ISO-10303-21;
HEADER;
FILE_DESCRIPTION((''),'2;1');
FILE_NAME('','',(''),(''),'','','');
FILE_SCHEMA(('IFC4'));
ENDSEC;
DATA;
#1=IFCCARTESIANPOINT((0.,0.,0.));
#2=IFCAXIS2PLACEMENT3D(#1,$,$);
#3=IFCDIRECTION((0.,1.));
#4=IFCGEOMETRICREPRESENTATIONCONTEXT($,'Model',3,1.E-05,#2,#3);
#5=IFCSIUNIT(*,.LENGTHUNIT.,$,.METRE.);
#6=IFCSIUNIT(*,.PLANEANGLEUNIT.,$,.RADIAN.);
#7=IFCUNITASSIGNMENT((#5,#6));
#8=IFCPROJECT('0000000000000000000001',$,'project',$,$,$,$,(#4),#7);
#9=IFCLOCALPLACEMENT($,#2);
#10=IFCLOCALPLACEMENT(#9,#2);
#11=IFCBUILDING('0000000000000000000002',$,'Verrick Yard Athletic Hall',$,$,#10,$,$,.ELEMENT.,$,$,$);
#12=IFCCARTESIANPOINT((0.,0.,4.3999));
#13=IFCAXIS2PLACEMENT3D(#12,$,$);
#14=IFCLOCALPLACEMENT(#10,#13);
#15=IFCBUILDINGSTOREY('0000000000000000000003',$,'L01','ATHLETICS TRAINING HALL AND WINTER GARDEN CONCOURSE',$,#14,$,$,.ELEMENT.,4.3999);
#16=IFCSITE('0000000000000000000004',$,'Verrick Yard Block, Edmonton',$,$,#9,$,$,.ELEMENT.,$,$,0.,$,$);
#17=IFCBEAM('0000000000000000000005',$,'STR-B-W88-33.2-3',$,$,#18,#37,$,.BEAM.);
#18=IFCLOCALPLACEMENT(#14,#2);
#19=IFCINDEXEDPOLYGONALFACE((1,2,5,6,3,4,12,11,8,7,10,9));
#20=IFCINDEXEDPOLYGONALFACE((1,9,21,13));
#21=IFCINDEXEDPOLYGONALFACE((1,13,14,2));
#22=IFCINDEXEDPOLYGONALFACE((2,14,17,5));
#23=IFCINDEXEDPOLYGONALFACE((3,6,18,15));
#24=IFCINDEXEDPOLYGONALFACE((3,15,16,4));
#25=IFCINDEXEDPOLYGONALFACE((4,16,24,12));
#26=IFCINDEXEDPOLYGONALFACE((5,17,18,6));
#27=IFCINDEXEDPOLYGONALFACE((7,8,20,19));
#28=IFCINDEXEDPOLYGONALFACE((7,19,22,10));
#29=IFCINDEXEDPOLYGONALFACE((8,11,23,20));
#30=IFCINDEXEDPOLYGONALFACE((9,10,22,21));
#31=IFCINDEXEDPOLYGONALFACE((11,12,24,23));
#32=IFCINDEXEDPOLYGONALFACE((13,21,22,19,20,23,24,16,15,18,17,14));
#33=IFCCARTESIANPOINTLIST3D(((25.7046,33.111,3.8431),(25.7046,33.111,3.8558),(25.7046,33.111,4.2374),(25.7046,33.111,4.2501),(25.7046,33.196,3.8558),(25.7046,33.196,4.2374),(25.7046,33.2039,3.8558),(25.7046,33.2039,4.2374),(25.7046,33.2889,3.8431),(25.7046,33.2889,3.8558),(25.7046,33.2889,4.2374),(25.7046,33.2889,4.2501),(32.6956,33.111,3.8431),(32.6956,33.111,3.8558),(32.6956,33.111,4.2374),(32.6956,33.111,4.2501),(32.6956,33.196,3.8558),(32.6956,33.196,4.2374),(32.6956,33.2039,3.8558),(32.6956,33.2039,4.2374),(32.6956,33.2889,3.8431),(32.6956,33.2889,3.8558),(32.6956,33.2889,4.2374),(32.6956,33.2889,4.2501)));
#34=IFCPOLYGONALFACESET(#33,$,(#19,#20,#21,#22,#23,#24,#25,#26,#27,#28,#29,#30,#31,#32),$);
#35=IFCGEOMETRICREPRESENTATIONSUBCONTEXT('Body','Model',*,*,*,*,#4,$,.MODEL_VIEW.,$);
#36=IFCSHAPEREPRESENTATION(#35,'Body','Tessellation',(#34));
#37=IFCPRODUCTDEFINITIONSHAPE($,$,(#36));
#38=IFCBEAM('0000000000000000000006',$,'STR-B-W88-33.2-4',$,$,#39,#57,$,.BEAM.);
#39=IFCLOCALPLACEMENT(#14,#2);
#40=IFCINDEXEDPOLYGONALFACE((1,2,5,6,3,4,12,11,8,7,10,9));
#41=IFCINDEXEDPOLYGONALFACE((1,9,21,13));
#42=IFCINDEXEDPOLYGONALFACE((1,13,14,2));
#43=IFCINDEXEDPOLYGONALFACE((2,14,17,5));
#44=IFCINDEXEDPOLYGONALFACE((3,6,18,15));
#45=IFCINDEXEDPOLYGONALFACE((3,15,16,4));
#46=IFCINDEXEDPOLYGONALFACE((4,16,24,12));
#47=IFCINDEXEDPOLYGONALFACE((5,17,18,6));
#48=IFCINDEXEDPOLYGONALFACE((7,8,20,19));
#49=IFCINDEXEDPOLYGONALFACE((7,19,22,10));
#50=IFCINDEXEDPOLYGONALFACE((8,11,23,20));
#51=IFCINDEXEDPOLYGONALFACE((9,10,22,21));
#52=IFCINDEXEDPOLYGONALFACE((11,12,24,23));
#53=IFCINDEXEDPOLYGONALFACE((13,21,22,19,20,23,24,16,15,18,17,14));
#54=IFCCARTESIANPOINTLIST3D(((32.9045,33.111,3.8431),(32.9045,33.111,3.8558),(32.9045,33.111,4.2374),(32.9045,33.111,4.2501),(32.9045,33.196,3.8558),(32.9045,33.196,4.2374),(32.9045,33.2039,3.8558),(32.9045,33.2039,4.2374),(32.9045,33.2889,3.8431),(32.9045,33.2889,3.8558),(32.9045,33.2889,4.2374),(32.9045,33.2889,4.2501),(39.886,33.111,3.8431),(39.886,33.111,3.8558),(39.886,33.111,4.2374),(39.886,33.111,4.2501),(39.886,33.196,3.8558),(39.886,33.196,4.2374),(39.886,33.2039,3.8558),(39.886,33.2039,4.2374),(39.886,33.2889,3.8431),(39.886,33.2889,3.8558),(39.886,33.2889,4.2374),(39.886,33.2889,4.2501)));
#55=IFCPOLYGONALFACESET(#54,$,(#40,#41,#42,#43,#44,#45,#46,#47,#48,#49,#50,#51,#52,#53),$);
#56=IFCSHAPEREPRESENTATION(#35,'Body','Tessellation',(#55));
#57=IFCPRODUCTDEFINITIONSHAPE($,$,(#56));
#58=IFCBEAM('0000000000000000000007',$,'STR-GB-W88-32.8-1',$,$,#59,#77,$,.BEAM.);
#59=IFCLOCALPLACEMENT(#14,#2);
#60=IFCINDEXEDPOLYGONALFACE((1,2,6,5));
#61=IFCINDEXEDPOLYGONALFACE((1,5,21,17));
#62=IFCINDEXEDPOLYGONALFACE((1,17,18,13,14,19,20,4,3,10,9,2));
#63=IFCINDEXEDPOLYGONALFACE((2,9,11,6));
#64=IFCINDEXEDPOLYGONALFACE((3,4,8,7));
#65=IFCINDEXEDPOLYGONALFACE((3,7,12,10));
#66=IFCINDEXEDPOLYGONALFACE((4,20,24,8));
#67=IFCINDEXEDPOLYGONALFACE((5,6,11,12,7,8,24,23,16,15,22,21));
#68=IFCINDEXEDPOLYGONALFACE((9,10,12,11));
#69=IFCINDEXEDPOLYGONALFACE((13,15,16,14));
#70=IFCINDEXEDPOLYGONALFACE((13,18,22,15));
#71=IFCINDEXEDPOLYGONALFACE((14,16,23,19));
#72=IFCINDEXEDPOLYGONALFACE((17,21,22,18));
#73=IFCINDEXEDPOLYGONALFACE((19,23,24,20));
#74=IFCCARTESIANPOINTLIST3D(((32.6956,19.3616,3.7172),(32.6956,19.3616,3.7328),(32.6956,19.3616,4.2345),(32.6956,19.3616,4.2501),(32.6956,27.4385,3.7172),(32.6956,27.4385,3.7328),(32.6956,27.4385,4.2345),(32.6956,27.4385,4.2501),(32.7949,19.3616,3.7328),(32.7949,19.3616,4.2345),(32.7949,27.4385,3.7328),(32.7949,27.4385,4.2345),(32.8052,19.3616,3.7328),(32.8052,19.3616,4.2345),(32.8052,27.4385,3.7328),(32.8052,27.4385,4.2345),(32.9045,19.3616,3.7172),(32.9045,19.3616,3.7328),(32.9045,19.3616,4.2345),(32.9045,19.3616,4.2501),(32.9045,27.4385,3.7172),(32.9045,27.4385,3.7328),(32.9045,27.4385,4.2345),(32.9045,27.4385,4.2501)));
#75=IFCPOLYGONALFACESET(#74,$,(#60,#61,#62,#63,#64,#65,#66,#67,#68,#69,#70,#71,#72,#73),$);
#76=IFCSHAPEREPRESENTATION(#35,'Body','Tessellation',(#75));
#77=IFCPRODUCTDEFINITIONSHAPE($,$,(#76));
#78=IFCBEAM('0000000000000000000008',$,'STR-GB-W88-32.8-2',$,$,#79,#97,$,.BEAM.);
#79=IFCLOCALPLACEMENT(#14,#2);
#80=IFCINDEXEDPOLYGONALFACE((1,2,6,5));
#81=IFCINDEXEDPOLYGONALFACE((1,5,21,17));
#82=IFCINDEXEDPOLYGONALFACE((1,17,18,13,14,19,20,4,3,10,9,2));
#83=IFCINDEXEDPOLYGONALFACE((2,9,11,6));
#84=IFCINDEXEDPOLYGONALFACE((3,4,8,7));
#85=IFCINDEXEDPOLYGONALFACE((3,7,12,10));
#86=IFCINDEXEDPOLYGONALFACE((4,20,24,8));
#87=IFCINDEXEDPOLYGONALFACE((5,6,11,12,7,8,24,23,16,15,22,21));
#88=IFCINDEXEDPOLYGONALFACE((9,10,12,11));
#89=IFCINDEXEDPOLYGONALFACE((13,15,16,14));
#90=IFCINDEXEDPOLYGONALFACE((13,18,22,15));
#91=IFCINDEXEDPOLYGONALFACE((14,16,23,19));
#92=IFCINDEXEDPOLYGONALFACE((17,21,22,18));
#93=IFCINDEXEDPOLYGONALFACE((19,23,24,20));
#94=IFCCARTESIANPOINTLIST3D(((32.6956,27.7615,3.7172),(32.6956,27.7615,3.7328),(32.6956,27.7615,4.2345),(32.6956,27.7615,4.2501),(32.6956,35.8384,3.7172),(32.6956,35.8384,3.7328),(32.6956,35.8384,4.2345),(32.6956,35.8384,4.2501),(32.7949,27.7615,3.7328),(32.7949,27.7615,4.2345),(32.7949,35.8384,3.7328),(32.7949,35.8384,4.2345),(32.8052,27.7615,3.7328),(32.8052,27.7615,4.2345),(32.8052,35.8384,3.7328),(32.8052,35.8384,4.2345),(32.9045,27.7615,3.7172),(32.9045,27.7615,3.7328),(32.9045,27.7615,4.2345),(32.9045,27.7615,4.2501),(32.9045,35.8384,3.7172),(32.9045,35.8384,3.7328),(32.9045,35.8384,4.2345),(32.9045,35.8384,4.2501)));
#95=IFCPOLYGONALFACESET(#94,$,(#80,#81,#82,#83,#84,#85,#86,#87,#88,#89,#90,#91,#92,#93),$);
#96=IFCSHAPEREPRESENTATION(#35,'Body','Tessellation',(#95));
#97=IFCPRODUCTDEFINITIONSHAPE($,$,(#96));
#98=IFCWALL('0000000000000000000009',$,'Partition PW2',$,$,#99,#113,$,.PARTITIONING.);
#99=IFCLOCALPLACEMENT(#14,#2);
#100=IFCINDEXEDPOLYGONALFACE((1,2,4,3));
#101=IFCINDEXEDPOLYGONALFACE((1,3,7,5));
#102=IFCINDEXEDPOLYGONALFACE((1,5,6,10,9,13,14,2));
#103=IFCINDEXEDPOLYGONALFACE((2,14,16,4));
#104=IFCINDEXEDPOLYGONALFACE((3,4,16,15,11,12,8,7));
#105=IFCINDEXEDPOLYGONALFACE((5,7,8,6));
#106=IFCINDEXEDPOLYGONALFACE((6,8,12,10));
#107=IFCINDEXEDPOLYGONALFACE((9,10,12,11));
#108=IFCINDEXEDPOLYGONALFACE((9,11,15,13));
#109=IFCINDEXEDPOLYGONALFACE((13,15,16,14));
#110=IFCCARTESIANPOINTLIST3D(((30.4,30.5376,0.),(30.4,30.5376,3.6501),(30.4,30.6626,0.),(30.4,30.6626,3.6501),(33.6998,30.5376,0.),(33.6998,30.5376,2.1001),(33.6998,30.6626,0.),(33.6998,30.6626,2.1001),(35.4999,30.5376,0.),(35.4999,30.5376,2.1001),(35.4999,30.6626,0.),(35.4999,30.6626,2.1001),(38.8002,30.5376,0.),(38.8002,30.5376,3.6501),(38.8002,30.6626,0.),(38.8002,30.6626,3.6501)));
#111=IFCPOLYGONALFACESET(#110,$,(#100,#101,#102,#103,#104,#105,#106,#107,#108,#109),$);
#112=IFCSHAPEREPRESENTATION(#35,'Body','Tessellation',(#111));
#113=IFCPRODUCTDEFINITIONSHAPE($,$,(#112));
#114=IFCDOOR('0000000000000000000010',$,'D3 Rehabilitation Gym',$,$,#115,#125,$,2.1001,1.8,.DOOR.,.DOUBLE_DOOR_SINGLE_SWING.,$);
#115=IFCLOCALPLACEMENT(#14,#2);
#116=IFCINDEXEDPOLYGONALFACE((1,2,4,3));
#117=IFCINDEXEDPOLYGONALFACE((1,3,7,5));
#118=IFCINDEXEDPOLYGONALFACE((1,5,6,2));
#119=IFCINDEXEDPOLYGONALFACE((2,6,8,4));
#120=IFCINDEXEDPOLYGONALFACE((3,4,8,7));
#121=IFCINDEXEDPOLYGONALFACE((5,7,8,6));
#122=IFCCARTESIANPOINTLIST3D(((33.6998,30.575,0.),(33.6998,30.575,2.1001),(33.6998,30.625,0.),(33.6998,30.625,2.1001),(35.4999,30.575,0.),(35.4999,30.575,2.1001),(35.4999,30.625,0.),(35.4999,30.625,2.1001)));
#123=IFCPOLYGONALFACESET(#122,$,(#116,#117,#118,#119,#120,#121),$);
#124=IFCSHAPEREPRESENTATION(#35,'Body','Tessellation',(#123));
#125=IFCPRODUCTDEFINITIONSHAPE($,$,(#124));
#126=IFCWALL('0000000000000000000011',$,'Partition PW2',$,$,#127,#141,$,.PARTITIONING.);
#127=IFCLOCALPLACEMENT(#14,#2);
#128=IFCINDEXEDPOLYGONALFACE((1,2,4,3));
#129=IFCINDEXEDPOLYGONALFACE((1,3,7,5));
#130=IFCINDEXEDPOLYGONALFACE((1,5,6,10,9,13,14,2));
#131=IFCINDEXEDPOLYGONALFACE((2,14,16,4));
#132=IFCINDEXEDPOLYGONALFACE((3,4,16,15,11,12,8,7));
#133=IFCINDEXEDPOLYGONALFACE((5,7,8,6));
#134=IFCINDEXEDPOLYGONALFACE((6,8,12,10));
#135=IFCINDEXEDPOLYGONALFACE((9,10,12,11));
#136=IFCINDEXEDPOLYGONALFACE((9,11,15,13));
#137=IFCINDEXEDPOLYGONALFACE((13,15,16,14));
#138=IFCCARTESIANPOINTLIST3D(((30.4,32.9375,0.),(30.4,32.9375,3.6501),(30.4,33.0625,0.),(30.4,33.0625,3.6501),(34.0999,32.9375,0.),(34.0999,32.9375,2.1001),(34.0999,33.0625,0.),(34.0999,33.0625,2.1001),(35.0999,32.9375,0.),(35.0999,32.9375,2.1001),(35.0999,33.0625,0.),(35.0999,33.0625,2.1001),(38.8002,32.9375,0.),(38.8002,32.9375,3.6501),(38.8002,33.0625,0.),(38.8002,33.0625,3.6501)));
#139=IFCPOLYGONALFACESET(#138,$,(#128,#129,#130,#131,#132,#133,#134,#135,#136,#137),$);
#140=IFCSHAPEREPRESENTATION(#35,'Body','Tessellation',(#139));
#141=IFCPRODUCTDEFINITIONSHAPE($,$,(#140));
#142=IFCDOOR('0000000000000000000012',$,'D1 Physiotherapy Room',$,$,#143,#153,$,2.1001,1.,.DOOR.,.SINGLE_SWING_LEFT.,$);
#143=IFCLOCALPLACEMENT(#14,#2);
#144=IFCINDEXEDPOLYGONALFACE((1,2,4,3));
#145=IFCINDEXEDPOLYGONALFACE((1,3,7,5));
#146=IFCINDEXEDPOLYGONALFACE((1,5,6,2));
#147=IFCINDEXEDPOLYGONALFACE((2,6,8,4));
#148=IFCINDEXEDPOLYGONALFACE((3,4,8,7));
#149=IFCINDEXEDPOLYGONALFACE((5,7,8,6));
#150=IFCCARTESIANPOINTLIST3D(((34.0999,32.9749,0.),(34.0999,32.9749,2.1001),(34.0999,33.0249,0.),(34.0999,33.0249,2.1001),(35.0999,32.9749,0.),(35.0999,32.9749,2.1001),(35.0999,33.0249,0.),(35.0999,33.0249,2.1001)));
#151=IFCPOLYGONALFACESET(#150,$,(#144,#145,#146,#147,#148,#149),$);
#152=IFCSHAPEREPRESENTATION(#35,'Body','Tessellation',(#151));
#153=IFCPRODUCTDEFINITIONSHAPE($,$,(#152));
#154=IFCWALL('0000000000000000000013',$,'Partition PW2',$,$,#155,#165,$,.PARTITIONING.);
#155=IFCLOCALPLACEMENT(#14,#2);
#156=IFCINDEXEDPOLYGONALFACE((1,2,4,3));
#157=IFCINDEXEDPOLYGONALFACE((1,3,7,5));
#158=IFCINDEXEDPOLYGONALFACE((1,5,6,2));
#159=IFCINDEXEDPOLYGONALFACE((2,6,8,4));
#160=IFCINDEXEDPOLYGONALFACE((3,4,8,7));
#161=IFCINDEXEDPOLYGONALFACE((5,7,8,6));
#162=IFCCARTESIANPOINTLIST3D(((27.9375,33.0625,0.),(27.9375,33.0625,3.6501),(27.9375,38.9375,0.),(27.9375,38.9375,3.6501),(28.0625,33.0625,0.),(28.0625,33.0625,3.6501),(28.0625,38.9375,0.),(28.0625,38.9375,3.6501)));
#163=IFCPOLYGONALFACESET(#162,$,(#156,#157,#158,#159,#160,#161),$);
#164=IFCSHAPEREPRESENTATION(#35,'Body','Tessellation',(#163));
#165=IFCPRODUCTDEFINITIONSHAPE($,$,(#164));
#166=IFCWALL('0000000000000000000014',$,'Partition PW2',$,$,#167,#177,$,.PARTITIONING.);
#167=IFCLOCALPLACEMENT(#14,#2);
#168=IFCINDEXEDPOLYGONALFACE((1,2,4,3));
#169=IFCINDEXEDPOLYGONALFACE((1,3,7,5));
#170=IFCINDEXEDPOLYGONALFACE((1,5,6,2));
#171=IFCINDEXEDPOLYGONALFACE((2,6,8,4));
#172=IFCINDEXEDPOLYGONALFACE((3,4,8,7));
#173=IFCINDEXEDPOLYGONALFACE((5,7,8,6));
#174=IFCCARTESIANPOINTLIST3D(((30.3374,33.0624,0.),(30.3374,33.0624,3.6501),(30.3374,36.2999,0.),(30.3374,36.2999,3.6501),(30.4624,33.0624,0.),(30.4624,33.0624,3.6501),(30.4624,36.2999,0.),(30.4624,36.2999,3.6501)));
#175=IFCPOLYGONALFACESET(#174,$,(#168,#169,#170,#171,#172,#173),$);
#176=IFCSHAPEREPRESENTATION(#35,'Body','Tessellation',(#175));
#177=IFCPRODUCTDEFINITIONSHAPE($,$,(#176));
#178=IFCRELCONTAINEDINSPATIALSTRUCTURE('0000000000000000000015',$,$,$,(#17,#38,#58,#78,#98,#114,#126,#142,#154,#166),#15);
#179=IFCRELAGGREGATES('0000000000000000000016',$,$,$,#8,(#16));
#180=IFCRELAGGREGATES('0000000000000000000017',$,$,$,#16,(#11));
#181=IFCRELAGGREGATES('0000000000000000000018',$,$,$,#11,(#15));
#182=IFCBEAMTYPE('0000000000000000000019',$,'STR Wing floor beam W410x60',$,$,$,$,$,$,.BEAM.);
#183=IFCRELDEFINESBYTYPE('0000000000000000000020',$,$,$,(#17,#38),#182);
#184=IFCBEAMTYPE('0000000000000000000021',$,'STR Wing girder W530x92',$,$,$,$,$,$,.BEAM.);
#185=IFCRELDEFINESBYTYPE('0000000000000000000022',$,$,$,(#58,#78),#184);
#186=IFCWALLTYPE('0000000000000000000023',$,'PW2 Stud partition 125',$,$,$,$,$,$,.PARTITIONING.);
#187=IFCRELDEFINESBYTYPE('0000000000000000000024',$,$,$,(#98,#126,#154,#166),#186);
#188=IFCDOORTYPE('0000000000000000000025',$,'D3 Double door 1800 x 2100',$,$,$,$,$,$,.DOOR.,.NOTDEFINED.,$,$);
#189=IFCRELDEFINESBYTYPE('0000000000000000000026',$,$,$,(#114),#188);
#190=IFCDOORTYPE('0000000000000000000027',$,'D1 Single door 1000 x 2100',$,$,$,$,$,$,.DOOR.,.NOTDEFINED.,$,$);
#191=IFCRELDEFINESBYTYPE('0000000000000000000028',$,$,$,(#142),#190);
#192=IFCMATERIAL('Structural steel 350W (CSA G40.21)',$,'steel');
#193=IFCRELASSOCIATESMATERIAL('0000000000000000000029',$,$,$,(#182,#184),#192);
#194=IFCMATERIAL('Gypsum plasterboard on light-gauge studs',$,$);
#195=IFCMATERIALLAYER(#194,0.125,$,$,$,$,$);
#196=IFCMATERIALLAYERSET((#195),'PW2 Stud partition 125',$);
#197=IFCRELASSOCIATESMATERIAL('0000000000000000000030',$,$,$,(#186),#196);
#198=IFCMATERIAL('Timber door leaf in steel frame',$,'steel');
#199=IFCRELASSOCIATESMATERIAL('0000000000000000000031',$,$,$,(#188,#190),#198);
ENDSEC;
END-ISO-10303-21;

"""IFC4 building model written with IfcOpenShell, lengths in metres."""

from ifc_helpers import new_model, si_unit, direction, frame, frame_2d, origin, origin_2d, place, context, subcontext, project, spatial, rectangle, i_section, extrude, material, layer, layer_set, material_profile, profile_set, type_object, element, fill, save


model = new_model("IFC4")

# Units and contexts
model_context = context("Model", 3, precision=1e-05, world=origin(), true_north=direction((0.0, 1.0)))
body_context = subcontext(model_context, "Body", "Model", "MODEL_VIEW")
ifc_project = project(units=[si_unit("LENGTHUNIT", "METRE"), si_unit("PLANEANGLEUNIT", "RADIAN")], contexts=[model_context])

# Site, building, storey
site_placement = place(None, origin())
site = spatial("IfcSite", under=ifc_project, at=site_placement, Name="Verrick Yard Block, Edmonton", CompositionType="ELEMENT", RefElevation=0.0)
building_placement = place(site_placement, origin())
building = spatial("IfcBuilding", under=site, at=building_placement, Name="Verrick Yard Athletic Hall", CompositionType="ELEMENT")
storey_placement = place(building_placement, frame((0.0, 0.0, 4.3999)))
storey = spatial("IfcBuildingStorey", under=building, at=storey_placement, Name="L01", Description="ATHLETICS TRAINING HALL AND WINTER GARDEN CONCOURSE", CompositionType="ELEMENT", Elevation=4.3999)

# Shared definitions
ifc_material_1 = material(Name="Structural steel 350W (CSA G40.21)", Category="steel")

# Beams
ifc_material_profile_1 = material_profile(ifc_material_1, i_section(OverallWidth=0.178, OverallDepth=0.407, WebThickness=0.0078, FlangeThickness=0.0127, at=origin_2d()), Name="W410x60")
ifc_profile_set_1 = profile_set([ifc_material_profile_1], Name="Structural steel 350W (CSA G40.21)")
beam_type_1 = type_object("IfcBeamType", Name="STR Wing floor beam W410x60", PredefinedType="BEAM", material=ifc_profile_set_1)
beam_1_placement = place(storey_placement, frame((25.7046, 33.2, 4.0466), z_axis=(1.0, 0.0, 0.0), x_axis=(0.0, 1.0, 0.0)))
element("IfcBeam", 1, at=beam_1_placement, inside=storey, type_object=beam_type_1, Name="STR-B-W88-33.2-3", PredefinedType="BEAM", context=body_context, shape_type="SweptSolid", body=[
    extrude(i_section(OverallWidth=0.178, OverallDepth=0.407, WebThickness=0.0078, FlangeThickness=0.0127, at=origin_2d()), origin(), (0.0, 0.0, 1.0), 6.991),
])
beam_2_placement = place(storey_placement, frame((32.9045, 33.2, 4.0466), z_axis=(1.0, 0.0, 0.0), x_axis=(0.0, 1.0, 0.0)))
element("IfcBeam", 2, at=beam_2_placement, inside=storey, type_object=beam_type_1, Name="STR-B-W88-33.2-4", PredefinedType="BEAM", context=body_context, shape_type="SweptSolid", body=[
    extrude(i_section(OverallWidth=0.178, OverallDepth=0.407, WebThickness=0.0078, FlangeThickness=0.0127, at=origin_2d()), origin(), (0.0, 0.0, 1.0), 6.9814),
])
ifc_material_profile_2 = material_profile(ifc_material_1, i_section(OverallWidth=0.209, OverallDepth=0.533, WebThickness=0.0103, FlangeThickness=0.0156, at=origin_2d()), Name="W530x92")
ifc_profile_set_2 = profile_set([ifc_material_profile_2], Name="Structural steel 350W (CSA G40.21)")
beam_type_2 = type_object("IfcBeamType", Name="STR Wing girder W530x92", PredefinedType="BEAM", material=ifc_profile_set_2)
for number, where, z_axis, x_axis, name in (
    (3, (32.8, 19.3616, 3.9836), (0.0, 1.0, 0.0), (-1.0, 0.0, 0.0), "STR-GB-W88-32.8-1"),
    (4, (32.8, 27.7615, 3.9836), (0.0, 1.0, 0.0), (-1.0, 0.0, 0.0), "STR-GB-W88-32.8-2"),
):
    element("IfcBeam", number, at=place(storey_placement, frame(where, z_axis=z_axis, x_axis=x_axis)), inside=storey, type_object=beam_type_2, Name=name, PredefinedType="BEAM", context=body_context, shape_type="SweptSolid", body=[
        extrude(i_section(OverallWidth=0.209, OverallDepth=0.533, WebThickness=0.0103, FlangeThickness=0.0156, at=origin_2d()), origin(), (0.0, 0.0, 1.0), 8.0769),
    ])

# Walls, openings, doors
ifc_material_2 = material(Name="Gypsum plasterboard on light-gauge studs")
ifc_layer = layer(ifc_material_2, 0.125)
ifc_layer_set = layer_set([ifc_layer], Name="PW2 Stud partition 125")
wall_type = type_object("IfcWallType", Name="PW2 Stud partition 125", PredefinedType="PARTITIONING", material=ifc_layer_set)
wall_1_placement = place(storey_placement, frame((30.3999, 30.6001, 0.0), z_axis=(0.0, 0.0, 1.0), x_axis=(1.0, 0.0, 0.0)))
wall_1 = element("IfcWall", 5, at=wall_1_placement, inside=storey, type_object=wall_type, Name="Partition PW2", PredefinedType="PARTITIONING", context=body_context, shape_type="SweptSolid", body=[
    extrude(rectangle(XDim=8.4001, YDim=0.125, at=frame_2d((4.2002, 0.0))), origin(), (0.0, 0.0, 1.0), 3.6501),
])
opening_1_placement = place(wall_1_placement, frame((3.3, 0.0, 0.0)))
opening_1 = element("IfcOpeningElement", 6, at=opening_1_placement, cuts=wall_1, PredefinedType="OPENING", context=body_context, shape_type="SweptSolid", body=[
    extrude(rectangle(XDim=1.8, YDim=2.1001, at=frame_2d((0.8999, 1.05))), frame((0.0, 0.0725, 0.0), z_axis=(0.0, -1.0, 0.0), x_axis=(1.0, 0.0, 0.0)), (0.0, 0.0, 1.0), 0.145),
])
ifc_material_3 = material(Name="Timber door leaf in steel frame", Category="steel")
door_type_1 = type_object("IfcDoorType", Name="D3 Double door 1800 x 2100", OperationType="NOTDEFINED", PredefinedType="DOOR", material=ifc_material_3)
door_1_placement = place(opening_1_placement, origin())
door_1 = element("IfcDoor", 7, at=door_1_placement, inside=storey, type_object=door_type_1, Name="D3 Rehabilitation Gym", OperationType="DOUBLE_DOOR_SINGLE_SWING", OverallHeight=2.1001, OverallWidth=1.8, PredefinedType="DOOR", context=body_context, shape_type="SweptSolid", body=[
    extrude(rectangle(XDim=1.8, YDim=2.1001, at=frame_2d((0.8999, 1.05))), frame((0.0, 0.0249, 0.0), z_axis=(0.0, -1.0, 0.0), x_axis=(1.0, 0.0, 0.0)), (0.0, 0.0, 1.0), 0.05),
])
fill(opening_1, door_1)
wall_2_placement = place(storey_placement, frame((30.3999, 33.0, 0.0), z_axis=(0.0, 0.0, 1.0), x_axis=(1.0, 0.0, 0.0)))
wall_2 = element("IfcWall", 8, at=wall_2_placement, inside=storey, type_object=wall_type, Name="Partition PW2", PredefinedType="PARTITIONING", context=body_context, shape_type="SweptSolid", body=[
    extrude(rectangle(XDim=8.4001, YDim=0.125, at=frame_2d((4.2002, 0.0))), origin(), (0.0, 0.0, 1.0), 3.6501),
])
opening_2_placement = place(wall_2_placement, frame((3.7, 0.0, 0.0)))
opening_2 = element("IfcOpeningElement", 9, at=opening_2_placement, cuts=wall_2, PredefinedType="OPENING", context=body_context, shape_type="SweptSolid", body=[
    extrude(rectangle(XDim=1.0, YDim=2.1001, at=frame_2d((0.5, 1.05))), frame((0.0, 0.0725, 0.0), z_axis=(0.0, -1.0, 0.0), x_axis=(1.0, 0.0, 0.0)), (0.0, 0.0, 1.0), 0.145),
])
door_type_2 = type_object("IfcDoorType", Name="D1 Single door 1000 x 2100", OperationType="NOTDEFINED", PredefinedType="DOOR", material=ifc_material_3)
door_2_placement = place(opening_2_placement, origin())
door_2 = element("IfcDoor", 10, at=door_2_placement, inside=storey, type_object=door_type_2, Name="D1 Physiotherapy Room", OperationType="SINGLE_SWING_LEFT", OverallHeight=2.1001, OverallWidth=1.0, PredefinedType="DOOR", context=body_context, shape_type="SweptSolid", body=[
    extrude(rectangle(XDim=1.0, YDim=2.1001, at=frame_2d((0.5, 1.05))), frame((0.0, 0.0249, 0.0), z_axis=(0.0, -1.0, 0.0), x_axis=(1.0, 0.0, 0.0)), (0.0, 0.0, 1.0), 0.05),
])
fill(opening_2, door_2)

# Walls
wall_3_placement = place(storey_placement, frame((28.0, 33.0625, 0.0), z_axis=(0.0, 0.0, 1.0), x_axis=(0.0, 1.0, 0.0)))
element("IfcWall", 11, at=wall_3_placement, inside=storey, type_object=wall_type, Name="Partition PW2", PredefinedType="PARTITIONING", context=body_context, shape_type="SweptSolid", body=[
    extrude(rectangle(XDim=5.875, YDim=0.125, at=frame_2d((2.9375, 0.0))), origin(), (0.0, 0.0, 1.0), 3.6501),
])
wall_4_placement = place(storey_placement, frame((30.3999, 33.0625, 0.0), z_axis=(0.0, 0.0, 1.0), x_axis=(0.0, 1.0, 0.0)))
element("IfcWall", 12, at=wall_4_placement, inside=storey, type_object=wall_type, Name="Partition PW2", PredefinedType="PARTITIONING", context=body_context, shape_type="SweptSolid", body=[
    extrude(rectangle(XDim=3.2375, YDim=0.125, at=frame_2d((1.6187, 0.0))), origin(), (0.0, 0.0, 1.0), 3.6501),
])

save(model, "model.ifc")
